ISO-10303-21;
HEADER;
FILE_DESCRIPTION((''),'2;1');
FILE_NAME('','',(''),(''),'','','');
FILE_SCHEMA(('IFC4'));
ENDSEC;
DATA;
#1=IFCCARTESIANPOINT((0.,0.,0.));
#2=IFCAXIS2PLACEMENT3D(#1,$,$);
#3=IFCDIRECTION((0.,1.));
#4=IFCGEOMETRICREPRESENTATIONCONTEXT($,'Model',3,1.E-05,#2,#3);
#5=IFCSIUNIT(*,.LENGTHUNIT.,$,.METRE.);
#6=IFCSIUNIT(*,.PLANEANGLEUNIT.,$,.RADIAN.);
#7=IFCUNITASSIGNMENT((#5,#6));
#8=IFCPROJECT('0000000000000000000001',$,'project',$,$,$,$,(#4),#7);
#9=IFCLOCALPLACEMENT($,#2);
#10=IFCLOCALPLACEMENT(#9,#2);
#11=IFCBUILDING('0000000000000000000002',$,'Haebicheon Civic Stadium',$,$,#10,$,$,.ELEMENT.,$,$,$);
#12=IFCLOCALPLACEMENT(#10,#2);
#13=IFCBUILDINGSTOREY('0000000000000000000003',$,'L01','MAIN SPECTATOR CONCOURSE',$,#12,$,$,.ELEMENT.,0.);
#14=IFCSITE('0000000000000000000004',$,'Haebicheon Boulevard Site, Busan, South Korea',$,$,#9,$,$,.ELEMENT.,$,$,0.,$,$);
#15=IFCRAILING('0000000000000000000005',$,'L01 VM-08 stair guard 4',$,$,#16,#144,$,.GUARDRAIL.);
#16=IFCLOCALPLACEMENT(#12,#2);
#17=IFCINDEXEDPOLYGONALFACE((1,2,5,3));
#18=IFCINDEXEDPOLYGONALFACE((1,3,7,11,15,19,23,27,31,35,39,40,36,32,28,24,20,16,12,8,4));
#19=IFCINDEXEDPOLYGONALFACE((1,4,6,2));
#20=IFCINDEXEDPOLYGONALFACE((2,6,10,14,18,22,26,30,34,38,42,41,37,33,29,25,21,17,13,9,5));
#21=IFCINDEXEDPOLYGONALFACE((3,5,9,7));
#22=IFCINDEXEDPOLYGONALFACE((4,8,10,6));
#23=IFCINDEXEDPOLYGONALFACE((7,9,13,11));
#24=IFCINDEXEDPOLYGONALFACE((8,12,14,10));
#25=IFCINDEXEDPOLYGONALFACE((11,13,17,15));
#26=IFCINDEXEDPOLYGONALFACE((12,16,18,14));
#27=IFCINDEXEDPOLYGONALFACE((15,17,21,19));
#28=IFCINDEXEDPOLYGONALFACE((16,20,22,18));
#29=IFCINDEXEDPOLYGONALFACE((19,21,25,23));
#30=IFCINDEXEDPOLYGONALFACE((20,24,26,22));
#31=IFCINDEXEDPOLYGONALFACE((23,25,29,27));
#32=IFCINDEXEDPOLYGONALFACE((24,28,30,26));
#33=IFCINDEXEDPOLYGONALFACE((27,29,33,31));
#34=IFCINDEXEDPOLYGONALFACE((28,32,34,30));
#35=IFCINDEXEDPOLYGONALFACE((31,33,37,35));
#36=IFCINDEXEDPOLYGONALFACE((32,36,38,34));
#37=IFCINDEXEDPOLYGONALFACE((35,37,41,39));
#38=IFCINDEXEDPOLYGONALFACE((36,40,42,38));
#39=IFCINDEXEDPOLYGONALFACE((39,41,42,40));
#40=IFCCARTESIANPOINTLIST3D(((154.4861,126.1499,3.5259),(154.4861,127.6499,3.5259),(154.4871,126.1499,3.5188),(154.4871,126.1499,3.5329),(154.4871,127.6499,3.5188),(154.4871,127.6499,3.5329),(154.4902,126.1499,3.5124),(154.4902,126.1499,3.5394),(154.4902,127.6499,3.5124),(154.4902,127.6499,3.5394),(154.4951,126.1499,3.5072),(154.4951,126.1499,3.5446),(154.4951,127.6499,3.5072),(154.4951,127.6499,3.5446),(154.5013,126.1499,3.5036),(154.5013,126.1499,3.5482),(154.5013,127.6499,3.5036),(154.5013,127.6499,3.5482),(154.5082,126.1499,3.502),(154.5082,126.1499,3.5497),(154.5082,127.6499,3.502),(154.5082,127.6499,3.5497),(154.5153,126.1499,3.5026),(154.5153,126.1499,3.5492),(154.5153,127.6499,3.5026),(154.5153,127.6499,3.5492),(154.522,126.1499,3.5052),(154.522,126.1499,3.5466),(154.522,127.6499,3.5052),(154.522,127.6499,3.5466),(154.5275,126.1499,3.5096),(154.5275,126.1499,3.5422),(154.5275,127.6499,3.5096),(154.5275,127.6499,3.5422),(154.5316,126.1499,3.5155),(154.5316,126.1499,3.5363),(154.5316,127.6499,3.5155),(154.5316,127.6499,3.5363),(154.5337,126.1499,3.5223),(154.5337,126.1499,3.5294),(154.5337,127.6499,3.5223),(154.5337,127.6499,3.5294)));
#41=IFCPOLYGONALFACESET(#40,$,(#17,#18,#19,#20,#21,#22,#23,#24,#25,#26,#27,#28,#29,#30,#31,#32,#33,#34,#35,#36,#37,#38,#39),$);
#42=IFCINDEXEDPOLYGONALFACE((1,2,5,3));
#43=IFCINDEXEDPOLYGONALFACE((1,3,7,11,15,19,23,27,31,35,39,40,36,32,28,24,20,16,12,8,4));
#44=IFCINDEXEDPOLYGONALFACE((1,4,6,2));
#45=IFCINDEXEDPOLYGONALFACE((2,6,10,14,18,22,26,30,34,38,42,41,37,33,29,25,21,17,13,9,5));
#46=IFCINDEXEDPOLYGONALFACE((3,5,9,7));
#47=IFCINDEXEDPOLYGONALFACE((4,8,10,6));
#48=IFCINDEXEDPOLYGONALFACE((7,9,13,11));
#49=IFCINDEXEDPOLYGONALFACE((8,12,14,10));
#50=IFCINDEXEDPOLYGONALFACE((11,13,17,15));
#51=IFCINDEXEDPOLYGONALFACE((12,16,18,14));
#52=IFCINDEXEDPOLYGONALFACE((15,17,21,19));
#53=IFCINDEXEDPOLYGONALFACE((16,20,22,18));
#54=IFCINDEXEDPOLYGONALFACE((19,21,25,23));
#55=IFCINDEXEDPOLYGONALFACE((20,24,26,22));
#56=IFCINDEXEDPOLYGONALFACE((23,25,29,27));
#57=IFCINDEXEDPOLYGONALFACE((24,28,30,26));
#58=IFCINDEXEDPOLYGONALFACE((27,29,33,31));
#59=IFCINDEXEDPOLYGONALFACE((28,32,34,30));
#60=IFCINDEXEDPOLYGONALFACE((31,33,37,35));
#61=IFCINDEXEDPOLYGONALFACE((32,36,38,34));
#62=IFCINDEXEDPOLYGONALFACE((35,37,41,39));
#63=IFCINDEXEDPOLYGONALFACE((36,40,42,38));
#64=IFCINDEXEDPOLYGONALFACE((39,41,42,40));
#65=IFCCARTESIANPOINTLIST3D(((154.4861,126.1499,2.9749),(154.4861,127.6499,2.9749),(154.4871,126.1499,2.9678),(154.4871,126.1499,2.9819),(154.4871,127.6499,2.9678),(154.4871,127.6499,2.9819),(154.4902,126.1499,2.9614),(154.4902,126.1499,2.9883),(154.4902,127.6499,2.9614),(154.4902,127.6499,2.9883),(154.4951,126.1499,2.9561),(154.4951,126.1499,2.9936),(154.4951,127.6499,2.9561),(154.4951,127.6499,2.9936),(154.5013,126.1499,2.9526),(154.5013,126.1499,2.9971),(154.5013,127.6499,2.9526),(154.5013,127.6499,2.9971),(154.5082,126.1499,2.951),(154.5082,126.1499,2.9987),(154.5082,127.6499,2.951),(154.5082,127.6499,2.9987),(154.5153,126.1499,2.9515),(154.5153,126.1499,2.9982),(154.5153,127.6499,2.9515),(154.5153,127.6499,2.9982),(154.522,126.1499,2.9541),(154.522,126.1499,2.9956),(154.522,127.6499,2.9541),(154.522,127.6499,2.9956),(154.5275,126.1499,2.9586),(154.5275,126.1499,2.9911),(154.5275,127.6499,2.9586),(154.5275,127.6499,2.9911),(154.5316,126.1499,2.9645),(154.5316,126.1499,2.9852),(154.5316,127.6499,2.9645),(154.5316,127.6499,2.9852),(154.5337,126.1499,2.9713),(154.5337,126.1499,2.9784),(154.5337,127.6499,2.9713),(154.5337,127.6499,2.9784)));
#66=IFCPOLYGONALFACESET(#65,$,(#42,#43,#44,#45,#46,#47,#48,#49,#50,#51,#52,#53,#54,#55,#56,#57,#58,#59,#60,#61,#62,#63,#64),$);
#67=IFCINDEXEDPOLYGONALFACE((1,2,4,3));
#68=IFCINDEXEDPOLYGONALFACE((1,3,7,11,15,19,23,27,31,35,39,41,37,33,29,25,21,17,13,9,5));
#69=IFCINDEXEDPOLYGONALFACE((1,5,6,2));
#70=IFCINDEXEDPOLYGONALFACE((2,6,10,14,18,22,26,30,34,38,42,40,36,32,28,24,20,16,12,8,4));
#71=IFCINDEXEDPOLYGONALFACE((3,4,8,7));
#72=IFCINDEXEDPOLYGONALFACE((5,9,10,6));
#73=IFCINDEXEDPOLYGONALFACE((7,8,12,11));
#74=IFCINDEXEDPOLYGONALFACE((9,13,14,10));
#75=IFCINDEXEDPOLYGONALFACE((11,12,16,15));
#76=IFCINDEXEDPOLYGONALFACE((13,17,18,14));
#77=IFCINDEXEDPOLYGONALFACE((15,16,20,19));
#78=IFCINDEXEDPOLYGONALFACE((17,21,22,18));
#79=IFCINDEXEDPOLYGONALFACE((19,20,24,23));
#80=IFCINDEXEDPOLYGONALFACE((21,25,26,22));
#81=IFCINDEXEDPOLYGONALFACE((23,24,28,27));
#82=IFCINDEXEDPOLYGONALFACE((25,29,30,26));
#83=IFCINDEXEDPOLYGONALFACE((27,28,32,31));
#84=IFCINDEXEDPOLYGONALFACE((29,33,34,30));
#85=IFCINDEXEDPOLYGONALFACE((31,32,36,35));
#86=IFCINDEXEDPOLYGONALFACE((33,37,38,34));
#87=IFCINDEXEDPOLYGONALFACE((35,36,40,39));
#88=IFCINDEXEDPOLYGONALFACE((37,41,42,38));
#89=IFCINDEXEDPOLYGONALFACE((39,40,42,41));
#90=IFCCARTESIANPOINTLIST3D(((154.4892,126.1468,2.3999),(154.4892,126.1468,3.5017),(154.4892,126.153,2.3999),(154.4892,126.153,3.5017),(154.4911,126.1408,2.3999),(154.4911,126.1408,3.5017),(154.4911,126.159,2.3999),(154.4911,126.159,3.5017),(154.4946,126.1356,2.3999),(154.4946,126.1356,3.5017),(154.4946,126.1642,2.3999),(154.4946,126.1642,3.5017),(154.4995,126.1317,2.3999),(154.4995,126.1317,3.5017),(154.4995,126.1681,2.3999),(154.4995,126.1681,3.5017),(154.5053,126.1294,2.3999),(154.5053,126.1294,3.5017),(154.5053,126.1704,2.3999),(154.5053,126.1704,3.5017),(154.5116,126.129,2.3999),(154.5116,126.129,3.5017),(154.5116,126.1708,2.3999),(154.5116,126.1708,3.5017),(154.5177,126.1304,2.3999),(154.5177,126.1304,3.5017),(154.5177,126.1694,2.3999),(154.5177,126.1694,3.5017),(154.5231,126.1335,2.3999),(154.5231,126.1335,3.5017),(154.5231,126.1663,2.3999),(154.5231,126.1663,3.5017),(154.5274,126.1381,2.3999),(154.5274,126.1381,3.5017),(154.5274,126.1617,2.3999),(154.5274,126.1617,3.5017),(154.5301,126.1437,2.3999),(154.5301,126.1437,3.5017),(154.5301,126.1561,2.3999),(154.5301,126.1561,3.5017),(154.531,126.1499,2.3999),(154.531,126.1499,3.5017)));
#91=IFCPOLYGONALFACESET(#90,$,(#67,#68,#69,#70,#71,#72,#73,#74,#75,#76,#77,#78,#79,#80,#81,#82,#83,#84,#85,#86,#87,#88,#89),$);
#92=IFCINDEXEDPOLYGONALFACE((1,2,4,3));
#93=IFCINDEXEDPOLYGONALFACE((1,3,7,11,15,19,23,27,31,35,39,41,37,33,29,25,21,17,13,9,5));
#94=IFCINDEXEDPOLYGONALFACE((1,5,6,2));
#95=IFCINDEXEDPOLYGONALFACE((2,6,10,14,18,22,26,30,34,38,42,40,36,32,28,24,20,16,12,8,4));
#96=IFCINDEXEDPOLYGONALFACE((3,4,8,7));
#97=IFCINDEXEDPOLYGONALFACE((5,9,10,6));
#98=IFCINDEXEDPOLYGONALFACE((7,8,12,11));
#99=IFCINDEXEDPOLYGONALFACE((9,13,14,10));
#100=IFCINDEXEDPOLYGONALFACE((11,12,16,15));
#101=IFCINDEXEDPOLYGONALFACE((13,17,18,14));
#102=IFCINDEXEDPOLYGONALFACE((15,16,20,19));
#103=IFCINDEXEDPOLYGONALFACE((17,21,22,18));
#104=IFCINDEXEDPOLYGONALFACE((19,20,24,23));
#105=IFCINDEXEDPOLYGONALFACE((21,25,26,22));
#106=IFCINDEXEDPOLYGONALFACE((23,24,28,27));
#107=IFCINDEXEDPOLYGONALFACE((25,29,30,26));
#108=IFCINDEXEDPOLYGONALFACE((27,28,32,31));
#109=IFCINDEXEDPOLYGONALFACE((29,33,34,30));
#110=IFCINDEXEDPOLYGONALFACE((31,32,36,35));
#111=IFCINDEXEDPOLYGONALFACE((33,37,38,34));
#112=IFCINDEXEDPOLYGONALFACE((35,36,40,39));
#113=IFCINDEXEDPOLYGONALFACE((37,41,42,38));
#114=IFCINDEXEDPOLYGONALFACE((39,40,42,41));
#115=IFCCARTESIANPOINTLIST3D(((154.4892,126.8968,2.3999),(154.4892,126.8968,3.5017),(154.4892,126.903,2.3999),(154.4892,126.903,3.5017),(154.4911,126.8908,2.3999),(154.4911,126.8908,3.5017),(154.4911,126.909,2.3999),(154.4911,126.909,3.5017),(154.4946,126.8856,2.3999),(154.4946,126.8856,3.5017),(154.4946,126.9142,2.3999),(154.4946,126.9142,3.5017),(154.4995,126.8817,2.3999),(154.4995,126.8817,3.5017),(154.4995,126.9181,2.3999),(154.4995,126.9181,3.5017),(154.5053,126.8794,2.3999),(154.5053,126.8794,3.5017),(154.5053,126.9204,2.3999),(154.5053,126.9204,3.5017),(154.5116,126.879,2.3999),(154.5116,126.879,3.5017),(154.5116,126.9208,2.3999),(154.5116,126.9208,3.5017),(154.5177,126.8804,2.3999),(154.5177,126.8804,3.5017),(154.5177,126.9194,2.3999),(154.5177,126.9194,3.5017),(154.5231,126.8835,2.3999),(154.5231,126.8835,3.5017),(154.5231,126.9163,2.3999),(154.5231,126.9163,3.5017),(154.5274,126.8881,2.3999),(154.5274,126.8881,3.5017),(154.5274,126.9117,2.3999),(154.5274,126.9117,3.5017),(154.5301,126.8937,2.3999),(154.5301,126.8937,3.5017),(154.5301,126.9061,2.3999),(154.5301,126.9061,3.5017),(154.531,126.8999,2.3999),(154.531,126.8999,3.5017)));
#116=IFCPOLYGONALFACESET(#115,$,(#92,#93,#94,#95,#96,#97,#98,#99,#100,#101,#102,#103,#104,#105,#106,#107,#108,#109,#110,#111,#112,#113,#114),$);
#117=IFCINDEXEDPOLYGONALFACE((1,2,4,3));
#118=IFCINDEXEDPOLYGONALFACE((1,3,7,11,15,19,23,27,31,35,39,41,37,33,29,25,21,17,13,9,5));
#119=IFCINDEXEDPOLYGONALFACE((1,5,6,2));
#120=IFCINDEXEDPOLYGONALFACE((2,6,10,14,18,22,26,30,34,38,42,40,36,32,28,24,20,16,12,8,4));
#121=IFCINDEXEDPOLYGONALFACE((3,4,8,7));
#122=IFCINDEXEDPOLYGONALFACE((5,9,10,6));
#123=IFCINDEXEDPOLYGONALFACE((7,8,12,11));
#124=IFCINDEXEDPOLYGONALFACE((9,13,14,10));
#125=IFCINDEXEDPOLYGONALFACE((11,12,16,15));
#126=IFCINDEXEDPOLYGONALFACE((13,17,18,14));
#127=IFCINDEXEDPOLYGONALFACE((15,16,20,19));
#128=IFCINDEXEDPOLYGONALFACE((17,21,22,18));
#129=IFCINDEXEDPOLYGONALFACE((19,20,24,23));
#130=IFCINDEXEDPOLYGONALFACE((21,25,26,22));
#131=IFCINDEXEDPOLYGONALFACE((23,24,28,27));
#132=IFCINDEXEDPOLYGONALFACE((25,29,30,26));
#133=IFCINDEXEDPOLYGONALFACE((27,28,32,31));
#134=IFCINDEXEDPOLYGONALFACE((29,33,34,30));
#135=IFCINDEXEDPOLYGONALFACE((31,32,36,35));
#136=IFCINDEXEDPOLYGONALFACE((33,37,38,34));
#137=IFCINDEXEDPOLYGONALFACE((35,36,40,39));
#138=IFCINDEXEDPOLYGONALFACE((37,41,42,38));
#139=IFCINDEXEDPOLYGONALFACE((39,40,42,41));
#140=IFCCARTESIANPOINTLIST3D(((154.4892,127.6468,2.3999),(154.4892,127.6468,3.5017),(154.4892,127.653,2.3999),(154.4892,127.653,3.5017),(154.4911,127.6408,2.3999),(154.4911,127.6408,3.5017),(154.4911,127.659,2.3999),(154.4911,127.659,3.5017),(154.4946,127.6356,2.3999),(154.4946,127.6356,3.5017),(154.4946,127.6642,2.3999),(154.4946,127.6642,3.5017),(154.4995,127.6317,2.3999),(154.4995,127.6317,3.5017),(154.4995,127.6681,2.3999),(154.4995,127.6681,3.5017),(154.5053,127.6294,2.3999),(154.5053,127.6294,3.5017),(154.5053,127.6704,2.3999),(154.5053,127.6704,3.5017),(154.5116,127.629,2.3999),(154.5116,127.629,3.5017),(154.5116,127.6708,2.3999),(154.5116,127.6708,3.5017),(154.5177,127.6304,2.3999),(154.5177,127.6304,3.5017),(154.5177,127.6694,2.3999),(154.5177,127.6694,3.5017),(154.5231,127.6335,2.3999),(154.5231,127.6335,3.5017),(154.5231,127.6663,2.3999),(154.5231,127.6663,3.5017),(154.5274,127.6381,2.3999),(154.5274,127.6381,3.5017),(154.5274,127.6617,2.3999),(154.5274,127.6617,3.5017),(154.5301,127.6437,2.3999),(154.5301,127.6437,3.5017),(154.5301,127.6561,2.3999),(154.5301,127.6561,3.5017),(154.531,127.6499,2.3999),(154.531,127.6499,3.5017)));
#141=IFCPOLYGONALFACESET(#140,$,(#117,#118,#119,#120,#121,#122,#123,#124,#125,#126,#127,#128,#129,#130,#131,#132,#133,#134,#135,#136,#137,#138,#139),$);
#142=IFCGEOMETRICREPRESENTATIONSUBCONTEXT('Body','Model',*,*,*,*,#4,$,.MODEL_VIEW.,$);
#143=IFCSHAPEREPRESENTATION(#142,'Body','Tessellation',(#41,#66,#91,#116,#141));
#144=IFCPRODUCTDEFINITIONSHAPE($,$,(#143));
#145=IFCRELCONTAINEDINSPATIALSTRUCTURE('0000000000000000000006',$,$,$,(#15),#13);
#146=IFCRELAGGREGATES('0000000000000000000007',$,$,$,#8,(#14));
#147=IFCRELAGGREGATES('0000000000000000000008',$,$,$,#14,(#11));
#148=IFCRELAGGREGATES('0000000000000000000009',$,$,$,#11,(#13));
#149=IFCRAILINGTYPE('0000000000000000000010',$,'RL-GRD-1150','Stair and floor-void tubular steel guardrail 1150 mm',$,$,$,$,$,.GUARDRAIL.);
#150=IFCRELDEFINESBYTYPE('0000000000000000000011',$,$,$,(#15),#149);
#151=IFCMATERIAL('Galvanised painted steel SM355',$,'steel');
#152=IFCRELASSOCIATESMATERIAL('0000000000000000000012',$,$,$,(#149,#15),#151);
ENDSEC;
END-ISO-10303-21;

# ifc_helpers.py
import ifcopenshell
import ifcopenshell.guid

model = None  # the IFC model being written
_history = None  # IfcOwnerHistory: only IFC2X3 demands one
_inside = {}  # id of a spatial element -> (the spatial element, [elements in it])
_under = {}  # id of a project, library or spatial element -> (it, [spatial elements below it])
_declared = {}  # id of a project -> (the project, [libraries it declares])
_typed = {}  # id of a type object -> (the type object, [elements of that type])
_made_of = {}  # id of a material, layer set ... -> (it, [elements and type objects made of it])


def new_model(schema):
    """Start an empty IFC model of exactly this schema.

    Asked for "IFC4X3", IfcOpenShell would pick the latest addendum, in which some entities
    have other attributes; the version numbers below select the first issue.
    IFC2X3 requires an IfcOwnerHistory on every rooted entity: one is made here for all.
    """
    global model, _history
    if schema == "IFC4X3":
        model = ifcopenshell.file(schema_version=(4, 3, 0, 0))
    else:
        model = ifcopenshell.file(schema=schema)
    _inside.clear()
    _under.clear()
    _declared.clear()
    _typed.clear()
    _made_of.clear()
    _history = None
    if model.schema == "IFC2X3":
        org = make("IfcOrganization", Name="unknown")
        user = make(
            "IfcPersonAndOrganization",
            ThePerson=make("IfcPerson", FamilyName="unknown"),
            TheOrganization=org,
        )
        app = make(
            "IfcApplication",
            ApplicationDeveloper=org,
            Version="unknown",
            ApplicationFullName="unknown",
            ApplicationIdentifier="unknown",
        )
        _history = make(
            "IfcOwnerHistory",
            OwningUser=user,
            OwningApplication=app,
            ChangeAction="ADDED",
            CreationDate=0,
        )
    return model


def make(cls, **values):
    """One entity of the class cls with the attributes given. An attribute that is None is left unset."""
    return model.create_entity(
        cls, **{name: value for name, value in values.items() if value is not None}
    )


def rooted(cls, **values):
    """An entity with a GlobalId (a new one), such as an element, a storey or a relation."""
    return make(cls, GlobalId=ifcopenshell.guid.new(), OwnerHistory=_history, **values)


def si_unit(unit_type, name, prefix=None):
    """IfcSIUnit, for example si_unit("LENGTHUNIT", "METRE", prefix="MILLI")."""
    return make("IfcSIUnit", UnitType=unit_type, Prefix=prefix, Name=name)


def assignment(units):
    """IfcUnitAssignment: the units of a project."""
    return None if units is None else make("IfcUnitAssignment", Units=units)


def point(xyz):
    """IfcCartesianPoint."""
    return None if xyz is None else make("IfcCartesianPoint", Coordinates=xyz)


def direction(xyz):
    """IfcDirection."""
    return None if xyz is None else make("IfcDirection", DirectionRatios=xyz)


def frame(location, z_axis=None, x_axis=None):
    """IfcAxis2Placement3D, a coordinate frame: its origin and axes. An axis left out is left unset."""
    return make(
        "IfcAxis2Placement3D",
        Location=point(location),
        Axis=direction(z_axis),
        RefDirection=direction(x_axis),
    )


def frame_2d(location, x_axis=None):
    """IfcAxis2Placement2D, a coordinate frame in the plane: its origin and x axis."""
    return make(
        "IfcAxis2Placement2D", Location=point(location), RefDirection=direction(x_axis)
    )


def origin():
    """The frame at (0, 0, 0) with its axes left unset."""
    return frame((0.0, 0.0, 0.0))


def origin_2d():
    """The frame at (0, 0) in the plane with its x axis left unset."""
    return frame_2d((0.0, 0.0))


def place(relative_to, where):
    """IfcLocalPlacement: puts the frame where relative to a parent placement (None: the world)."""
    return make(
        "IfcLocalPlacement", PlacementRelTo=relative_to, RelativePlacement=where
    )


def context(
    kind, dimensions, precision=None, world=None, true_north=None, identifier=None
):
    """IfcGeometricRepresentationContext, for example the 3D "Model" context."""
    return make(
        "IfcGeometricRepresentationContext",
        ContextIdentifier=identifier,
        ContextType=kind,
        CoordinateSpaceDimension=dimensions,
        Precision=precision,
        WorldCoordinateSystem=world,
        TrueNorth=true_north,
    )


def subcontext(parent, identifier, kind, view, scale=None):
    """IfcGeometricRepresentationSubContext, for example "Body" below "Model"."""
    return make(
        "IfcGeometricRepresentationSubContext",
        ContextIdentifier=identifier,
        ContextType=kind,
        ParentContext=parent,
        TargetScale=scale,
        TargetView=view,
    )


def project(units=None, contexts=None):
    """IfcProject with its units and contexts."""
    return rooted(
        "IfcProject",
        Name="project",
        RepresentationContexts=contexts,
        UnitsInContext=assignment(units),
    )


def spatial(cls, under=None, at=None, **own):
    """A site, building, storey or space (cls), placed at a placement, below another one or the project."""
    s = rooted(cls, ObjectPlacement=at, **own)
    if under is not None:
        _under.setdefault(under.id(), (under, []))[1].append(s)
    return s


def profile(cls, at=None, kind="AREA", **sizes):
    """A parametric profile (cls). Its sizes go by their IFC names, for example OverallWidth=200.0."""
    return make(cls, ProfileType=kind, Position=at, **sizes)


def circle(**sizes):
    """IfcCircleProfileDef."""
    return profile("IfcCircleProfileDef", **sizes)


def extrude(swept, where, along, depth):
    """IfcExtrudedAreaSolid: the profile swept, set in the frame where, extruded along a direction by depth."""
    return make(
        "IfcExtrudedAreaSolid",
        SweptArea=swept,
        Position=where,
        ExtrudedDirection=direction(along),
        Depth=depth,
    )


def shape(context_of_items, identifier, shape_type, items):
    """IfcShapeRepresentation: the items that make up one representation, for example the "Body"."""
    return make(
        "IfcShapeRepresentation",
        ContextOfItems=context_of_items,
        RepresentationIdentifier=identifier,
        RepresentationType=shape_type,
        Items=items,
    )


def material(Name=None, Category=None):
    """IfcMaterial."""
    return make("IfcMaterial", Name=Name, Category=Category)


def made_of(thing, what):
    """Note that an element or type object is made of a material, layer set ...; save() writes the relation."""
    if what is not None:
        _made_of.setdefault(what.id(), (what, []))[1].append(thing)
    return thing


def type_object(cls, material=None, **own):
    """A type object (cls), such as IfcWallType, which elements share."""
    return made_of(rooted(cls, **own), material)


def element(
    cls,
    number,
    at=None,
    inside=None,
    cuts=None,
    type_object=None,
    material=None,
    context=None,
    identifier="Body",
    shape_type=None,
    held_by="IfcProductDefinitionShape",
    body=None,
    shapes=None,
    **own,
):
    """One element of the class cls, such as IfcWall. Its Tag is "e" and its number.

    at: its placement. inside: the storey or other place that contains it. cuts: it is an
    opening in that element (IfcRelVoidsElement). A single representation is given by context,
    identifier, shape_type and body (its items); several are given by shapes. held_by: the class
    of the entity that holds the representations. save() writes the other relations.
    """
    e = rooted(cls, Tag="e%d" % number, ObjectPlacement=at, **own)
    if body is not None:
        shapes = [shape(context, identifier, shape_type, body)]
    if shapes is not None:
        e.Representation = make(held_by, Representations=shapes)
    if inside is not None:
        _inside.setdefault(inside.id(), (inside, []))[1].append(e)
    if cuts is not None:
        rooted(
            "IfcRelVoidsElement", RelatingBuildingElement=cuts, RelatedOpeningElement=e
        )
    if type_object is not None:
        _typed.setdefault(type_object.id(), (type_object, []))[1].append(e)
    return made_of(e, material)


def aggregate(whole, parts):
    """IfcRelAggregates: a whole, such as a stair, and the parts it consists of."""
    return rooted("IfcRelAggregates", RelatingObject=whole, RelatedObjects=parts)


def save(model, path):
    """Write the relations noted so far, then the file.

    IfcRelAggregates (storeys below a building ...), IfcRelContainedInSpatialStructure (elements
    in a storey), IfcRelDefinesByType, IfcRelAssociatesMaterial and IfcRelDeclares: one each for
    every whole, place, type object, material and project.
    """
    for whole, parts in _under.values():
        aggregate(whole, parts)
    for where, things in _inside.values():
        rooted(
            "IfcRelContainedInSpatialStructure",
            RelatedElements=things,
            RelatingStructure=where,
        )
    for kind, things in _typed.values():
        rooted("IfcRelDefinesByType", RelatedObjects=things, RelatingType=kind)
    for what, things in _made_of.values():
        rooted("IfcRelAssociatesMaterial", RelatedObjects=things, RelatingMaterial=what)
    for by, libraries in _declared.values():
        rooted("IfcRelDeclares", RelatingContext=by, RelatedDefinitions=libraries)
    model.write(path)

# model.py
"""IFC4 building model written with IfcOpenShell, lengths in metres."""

from ifc_helpers import new_model, si_unit, direction, frame, origin, origin_2d, place, context, subcontext, project, spatial, circle, extrude, material, type_object, element, save


model = new_model("IFC4")

# Units and contexts
model_context = context("Model", 3, precision=1e-05, world=origin(), true_north=direction((0.0, 1.0)))
body_context = subcontext(model_context, "Body", "Model", "MODEL_VIEW")
ifc_project = project(units=[si_unit("LENGTHUNIT", "METRE"), si_unit("PLANEANGLEUNIT", "RADIAN")], contexts=[model_context])

# Site, building, storey
site_placement = place(None, origin())
site = spatial("IfcSite", under=ifc_project, at=site_placement, Name="Haebicheon Boulevard Site, Busan, South Korea", CompositionType="ELEMENT", RefElevation=0.0)
building_placement = place(site_placement, origin())
building = spatial("IfcBuilding", under=site, at=building_placement, Name="Haebicheon Civic Stadium", CompositionType="ELEMENT")
storey_placement = place(building_placement, origin())
storey = spatial("IfcBuildingStorey", under=building, at=storey_placement, Name="L01", Description="MAIN SPECTATOR CONCOURSE", CompositionType="ELEMENT", Elevation=0.0)

# Railing
ifc_material_1 = material(Name="Galvanised painted steel SM355", Category="steel")
railing_type_1 = type_object("IfcRailingType", Name="RL-GRD-1150", Description="Stair and floor-void tubular steel guardrail 1150 mm", PredefinedType="GUARDRAIL", material=ifc_material_1)
for number, where, name in (
    (1, (154.51, 126.1499, 2.3999), "L01 VM-08 stair guard 4"),
):
    element("IfcRailing", number, at=place(storey_placement, frame(where)), inside=storey, type_object=railing_type_1, material=ifc_material_1, Name=name, PredefinedType="GUARDRAIL", context=body_context, shape_type="SweptSolid", body=[
        extrude(circle(Radius=0.0239, at=origin_2d()), frame((0.0, 0.0, 1.126), z_axis=(0.0, 1.0, 0.0), x_axis=(-1.0, 0.0, 0.0)), (0.0, 0.0, 1.0), 1.5),
        extrude(circle(Radius=0.0239, at=origin_2d()), frame((0.0, 0.0, 0.575), z_axis=(0.0, 1.0, 0.0), x_axis=(-1.0, 0.0, 0.0)), (0.0, 0.0, 1.0), 1.5),
        extrude(circle(Radius=0.021, at=origin_2d()), origin(), (0.0, 0.0, 1.0), 1.1018),
        extrude(circle(Radius=0.021, at=origin_2d()), frame((0.0, 0.75, 0.0)), (0.0, 0.0, 1.0), 1.1018),
        extrude(circle(Radius=0.021, at=origin_2d()), frame((0.0, 1.5, 0.0)), (0.0, 0.0, 1.0), 1.1018),
    ])

save(model, "model.ifc")
